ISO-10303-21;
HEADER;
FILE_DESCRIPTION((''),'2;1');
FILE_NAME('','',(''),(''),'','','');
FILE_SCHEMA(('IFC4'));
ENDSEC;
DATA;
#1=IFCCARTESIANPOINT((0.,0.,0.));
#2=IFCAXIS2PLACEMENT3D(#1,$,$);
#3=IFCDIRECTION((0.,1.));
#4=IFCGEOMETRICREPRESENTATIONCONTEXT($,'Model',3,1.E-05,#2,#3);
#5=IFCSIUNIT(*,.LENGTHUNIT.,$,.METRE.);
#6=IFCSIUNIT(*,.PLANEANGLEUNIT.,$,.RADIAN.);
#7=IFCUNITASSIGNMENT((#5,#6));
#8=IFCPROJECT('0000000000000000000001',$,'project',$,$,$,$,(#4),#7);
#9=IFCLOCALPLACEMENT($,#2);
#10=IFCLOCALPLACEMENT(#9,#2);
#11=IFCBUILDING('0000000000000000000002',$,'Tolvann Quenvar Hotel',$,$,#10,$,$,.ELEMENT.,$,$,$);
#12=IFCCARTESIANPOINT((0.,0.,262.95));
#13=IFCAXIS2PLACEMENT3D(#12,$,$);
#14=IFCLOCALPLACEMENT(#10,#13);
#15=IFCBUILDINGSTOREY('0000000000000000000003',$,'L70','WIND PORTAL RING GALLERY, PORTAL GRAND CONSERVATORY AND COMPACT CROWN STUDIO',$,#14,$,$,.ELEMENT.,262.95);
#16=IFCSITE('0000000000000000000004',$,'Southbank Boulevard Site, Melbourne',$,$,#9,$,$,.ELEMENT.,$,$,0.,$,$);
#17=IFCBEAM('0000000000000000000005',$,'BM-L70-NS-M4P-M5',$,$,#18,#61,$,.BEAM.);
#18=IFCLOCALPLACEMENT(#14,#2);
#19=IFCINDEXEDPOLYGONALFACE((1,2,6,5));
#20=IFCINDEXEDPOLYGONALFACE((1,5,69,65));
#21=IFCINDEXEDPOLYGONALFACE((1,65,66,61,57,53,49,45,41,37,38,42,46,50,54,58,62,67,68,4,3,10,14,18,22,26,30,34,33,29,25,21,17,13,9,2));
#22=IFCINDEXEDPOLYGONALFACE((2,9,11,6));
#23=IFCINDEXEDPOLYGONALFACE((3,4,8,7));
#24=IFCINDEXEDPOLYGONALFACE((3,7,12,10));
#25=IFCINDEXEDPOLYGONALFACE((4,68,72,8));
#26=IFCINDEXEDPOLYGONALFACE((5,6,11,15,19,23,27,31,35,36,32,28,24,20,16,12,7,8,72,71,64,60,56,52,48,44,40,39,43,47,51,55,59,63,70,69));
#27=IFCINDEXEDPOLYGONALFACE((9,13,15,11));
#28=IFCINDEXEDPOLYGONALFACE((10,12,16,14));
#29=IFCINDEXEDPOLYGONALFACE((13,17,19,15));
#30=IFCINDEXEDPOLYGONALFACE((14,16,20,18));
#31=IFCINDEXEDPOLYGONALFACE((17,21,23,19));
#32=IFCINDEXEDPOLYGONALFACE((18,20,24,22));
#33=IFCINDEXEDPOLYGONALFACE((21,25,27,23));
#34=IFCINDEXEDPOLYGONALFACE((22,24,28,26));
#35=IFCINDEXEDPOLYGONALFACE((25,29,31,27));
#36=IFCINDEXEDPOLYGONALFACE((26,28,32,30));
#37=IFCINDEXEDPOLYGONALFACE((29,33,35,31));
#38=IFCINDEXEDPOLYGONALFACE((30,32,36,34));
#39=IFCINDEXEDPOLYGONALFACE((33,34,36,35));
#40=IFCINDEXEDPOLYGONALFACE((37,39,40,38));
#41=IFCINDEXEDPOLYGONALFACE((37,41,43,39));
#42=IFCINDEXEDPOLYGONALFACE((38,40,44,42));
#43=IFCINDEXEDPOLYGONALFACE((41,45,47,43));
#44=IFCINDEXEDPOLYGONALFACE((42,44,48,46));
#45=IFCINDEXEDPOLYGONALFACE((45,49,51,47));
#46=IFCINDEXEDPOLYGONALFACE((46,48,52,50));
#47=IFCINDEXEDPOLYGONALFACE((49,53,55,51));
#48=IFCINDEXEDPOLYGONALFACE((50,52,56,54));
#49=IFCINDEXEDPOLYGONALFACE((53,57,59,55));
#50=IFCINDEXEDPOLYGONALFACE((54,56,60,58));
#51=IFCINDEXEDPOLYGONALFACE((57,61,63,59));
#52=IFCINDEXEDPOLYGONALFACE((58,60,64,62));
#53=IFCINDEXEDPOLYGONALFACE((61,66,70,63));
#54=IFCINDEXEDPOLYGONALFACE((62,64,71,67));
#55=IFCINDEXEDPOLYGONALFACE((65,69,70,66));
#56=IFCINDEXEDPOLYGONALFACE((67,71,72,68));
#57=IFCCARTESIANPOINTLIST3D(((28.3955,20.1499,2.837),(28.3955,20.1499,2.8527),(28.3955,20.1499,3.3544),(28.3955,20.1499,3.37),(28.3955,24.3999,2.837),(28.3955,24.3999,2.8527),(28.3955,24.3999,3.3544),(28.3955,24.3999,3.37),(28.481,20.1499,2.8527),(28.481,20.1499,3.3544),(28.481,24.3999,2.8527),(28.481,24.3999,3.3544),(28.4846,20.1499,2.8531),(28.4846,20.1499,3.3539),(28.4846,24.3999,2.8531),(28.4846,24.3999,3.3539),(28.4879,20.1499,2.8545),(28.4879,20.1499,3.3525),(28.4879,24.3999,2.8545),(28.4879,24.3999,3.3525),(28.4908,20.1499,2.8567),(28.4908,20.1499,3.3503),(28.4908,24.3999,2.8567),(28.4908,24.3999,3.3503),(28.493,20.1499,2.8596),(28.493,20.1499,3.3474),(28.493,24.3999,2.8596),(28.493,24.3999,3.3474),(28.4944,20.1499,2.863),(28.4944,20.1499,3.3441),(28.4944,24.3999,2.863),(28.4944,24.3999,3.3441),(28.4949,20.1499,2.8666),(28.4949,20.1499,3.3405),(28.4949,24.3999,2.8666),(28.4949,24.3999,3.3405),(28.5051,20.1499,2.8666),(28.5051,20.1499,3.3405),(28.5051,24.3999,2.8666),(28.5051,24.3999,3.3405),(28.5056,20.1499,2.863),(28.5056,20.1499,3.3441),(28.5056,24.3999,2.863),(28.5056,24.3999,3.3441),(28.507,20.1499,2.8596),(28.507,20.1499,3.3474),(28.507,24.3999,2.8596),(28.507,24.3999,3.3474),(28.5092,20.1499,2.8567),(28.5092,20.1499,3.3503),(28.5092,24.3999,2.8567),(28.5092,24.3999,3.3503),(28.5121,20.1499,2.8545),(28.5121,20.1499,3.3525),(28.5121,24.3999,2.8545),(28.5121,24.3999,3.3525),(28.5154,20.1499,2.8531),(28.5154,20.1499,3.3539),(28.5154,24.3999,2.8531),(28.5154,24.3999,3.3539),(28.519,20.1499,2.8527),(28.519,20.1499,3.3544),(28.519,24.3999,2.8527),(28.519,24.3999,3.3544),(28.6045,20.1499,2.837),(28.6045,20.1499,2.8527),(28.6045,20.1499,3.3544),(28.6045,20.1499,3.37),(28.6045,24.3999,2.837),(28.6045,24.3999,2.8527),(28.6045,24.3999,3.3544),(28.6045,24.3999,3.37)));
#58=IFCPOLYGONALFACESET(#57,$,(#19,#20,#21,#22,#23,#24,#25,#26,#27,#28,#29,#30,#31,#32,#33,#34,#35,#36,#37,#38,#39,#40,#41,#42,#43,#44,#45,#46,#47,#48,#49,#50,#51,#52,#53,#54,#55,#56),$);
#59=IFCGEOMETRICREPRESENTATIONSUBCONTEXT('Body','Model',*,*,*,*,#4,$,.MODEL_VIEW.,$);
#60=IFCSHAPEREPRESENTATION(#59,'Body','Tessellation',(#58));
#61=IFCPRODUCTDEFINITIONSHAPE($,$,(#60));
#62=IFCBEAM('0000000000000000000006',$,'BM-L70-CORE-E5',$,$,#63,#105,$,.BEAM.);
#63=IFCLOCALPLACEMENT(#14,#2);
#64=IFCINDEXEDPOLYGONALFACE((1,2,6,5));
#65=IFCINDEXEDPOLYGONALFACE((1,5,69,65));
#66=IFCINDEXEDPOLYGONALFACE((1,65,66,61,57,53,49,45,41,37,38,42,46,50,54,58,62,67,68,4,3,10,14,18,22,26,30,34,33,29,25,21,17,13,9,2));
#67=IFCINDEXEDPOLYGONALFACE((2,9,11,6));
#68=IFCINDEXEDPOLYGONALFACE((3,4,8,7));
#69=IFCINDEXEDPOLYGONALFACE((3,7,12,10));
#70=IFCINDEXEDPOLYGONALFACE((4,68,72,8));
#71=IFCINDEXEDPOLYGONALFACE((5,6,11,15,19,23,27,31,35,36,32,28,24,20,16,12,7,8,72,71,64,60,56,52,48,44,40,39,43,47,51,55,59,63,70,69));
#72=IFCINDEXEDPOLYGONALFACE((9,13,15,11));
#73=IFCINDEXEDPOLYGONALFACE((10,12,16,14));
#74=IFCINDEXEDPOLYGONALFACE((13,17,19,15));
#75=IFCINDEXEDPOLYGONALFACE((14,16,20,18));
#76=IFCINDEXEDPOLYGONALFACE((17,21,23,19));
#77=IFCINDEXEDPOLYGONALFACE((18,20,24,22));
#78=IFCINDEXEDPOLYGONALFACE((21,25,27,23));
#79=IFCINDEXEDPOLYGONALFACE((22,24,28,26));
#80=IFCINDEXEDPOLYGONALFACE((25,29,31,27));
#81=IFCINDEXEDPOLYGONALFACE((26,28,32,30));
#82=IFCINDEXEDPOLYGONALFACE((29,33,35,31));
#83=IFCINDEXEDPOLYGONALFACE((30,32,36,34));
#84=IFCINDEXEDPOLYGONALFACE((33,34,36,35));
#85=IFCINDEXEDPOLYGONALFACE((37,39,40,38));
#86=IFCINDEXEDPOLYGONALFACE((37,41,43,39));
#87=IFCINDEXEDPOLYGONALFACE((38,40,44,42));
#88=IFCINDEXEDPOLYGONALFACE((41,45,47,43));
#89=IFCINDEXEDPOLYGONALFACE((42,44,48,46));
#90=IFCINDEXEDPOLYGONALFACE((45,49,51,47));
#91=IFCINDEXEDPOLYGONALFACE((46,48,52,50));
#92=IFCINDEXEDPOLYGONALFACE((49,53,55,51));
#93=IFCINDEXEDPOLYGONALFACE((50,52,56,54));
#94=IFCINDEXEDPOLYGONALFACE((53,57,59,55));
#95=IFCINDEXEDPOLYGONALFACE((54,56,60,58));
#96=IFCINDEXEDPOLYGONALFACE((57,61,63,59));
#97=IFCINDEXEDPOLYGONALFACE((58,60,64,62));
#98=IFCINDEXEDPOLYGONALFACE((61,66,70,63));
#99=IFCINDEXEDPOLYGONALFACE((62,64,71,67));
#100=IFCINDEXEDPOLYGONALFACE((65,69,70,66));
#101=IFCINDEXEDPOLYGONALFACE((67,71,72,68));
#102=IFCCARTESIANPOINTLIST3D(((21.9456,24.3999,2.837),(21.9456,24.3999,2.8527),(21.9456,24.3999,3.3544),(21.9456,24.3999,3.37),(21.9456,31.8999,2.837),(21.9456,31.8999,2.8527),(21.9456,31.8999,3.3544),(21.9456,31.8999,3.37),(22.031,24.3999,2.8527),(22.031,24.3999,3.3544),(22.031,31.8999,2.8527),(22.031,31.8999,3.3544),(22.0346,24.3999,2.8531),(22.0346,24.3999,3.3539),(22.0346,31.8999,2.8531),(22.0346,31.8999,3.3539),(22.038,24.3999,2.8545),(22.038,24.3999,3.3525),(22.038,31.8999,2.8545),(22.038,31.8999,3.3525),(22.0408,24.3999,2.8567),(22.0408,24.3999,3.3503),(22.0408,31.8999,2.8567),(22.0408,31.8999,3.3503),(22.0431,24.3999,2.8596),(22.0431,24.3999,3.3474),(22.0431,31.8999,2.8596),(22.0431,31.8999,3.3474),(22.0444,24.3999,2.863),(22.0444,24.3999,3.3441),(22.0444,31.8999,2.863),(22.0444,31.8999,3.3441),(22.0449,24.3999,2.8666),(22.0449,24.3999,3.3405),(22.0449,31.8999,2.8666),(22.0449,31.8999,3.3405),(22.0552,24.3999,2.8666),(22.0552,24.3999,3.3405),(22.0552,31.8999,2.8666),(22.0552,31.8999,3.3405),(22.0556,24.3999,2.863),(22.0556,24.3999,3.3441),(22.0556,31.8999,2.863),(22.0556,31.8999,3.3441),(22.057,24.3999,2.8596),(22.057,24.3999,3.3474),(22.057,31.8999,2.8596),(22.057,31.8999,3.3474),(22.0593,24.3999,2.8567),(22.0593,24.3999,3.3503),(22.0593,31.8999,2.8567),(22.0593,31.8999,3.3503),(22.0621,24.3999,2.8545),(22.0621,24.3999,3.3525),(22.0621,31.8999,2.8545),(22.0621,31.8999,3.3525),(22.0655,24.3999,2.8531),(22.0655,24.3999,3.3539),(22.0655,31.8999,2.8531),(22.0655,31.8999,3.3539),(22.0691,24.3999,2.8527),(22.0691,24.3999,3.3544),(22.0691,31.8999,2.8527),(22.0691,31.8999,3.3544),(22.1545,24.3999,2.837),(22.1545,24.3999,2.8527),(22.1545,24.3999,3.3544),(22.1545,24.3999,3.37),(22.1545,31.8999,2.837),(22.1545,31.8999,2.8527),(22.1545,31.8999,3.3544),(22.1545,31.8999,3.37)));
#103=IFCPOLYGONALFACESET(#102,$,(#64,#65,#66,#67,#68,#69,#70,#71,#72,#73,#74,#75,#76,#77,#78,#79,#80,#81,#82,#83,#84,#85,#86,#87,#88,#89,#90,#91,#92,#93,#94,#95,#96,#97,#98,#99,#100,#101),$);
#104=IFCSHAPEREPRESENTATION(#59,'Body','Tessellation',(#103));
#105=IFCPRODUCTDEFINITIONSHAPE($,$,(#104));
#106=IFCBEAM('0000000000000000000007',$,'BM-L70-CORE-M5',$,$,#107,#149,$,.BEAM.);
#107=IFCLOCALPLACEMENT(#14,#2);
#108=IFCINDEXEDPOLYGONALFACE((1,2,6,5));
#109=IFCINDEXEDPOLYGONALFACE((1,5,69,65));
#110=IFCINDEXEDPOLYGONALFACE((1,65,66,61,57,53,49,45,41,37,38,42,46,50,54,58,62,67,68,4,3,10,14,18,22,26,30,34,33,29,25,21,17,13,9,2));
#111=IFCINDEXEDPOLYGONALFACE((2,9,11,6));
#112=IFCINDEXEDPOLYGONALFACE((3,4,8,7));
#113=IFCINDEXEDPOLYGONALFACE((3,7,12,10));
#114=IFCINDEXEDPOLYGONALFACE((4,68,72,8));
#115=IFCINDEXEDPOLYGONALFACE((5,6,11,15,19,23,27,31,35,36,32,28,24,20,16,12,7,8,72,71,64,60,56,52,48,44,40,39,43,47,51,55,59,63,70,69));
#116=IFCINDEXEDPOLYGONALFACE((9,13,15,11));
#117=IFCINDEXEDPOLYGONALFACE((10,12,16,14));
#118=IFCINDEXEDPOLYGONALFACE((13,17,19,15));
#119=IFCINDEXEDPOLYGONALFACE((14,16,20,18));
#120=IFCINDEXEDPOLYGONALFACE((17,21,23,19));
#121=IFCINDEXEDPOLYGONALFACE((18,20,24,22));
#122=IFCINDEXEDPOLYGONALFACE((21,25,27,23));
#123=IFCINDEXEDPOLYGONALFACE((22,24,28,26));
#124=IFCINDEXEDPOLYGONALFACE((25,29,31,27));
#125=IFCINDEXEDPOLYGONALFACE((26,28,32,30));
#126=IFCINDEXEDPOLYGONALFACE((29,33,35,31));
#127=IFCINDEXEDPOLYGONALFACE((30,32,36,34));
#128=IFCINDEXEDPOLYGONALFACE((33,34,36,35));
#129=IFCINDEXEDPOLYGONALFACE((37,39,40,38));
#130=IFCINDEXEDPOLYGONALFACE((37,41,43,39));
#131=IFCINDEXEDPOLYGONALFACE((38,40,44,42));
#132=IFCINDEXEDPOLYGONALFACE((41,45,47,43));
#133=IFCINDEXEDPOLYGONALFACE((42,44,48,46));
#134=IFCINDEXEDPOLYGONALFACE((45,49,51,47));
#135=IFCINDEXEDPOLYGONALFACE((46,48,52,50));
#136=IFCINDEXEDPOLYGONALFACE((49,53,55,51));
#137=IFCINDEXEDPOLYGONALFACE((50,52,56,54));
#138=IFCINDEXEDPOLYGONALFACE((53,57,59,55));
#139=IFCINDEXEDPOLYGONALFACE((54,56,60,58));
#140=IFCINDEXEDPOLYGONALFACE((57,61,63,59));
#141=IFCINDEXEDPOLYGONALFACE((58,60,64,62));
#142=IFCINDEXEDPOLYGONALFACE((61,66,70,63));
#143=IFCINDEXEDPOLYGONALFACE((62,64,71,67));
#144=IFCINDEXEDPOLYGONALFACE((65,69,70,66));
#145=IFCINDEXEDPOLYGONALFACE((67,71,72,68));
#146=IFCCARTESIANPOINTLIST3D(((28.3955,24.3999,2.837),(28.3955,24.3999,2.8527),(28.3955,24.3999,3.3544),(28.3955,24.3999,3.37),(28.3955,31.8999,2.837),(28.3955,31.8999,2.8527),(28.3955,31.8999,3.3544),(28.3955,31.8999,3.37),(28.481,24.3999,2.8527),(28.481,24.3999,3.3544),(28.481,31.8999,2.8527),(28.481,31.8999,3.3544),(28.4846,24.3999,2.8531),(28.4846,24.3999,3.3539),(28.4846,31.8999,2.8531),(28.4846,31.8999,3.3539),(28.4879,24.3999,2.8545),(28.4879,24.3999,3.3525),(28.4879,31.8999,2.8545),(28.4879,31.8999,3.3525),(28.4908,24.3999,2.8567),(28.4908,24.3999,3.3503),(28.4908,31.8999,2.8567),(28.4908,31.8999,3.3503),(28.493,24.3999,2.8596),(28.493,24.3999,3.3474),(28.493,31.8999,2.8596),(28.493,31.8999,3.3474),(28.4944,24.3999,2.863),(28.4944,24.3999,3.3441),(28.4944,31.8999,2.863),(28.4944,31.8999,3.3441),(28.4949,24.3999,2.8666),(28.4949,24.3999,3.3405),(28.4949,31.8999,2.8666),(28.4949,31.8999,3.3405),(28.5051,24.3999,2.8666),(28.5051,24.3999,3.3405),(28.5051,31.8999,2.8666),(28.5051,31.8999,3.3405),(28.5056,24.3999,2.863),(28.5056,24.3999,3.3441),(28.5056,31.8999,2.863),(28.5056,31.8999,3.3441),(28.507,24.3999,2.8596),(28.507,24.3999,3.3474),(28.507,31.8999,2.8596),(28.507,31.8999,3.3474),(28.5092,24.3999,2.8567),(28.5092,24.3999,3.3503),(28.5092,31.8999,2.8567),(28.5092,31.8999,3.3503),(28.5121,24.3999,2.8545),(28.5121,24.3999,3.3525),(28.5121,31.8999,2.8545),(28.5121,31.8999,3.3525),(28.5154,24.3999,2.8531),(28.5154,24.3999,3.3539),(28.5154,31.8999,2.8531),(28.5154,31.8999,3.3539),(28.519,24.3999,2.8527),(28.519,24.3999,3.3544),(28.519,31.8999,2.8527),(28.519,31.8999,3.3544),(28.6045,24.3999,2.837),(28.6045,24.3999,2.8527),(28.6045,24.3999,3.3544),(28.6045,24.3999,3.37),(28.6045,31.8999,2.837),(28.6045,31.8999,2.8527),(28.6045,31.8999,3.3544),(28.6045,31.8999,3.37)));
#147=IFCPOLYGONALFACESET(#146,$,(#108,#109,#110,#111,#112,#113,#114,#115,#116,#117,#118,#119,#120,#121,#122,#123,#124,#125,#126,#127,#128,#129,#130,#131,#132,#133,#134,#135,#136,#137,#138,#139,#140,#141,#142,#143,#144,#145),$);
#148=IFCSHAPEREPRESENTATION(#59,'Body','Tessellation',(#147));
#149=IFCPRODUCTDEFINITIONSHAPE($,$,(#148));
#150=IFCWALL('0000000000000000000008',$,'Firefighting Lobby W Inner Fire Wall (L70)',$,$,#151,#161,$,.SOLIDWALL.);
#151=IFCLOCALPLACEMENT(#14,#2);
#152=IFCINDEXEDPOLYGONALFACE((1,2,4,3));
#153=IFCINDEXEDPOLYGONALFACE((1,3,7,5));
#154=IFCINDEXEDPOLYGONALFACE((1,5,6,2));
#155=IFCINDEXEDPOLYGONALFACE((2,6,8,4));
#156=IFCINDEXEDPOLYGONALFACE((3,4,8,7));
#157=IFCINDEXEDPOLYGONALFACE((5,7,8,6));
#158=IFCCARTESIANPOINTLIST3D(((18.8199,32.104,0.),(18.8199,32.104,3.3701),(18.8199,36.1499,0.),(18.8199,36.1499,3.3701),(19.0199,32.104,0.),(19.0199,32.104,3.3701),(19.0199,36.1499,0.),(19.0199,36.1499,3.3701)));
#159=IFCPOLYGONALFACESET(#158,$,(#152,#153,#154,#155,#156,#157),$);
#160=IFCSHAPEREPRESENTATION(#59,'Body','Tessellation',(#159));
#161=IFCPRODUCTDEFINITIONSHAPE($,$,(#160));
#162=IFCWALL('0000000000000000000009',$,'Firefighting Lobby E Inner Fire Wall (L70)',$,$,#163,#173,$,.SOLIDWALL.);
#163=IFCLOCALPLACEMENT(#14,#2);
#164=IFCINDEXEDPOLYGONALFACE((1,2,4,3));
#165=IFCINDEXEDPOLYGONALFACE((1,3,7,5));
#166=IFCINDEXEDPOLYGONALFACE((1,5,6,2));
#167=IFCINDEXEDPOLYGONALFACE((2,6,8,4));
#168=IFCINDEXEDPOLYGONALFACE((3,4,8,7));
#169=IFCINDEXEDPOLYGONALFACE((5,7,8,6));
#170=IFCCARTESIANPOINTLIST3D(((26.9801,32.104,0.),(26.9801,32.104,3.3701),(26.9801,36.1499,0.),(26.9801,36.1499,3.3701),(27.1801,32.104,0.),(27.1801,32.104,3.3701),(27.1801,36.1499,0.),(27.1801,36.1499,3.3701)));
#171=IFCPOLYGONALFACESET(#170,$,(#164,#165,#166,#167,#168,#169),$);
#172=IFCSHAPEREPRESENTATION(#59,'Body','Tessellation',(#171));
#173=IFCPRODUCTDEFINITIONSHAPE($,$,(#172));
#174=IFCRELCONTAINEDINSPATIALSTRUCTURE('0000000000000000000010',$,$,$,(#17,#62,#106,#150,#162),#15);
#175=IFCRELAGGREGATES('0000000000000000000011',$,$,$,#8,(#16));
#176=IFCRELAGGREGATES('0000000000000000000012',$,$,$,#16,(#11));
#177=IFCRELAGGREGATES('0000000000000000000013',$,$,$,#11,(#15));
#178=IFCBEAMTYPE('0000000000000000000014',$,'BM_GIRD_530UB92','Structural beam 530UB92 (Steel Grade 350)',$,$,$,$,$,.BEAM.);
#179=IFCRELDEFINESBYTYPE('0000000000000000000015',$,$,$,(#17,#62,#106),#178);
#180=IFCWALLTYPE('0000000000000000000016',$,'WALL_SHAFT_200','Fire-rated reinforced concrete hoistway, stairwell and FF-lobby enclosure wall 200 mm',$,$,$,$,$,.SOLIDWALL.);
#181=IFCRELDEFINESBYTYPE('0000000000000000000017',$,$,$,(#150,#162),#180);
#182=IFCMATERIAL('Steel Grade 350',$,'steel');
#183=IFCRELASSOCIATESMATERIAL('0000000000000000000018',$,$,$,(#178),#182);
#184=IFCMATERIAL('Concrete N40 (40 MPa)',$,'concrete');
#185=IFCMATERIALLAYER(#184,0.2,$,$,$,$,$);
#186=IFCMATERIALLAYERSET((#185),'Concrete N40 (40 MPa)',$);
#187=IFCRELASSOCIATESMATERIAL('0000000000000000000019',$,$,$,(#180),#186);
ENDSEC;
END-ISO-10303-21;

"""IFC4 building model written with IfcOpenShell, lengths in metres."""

from ifc_helpers import new_model, si_unit, direction, frame, frame_2d, origin, origin_2d, place, context, subcontext, project, spatial, rectangle, i_section, extrude, source, transform, mapped, material, layer, layer_set, material_profile, profile_set, type_object, element, save


model = new_model("IFC4")

# Units and contexts
model_context = context("Model", 3, precision=1e-05, world=origin(), true_north=direction((0.0, 1.0)))
body_context = subcontext(model_context, "Body", "Model", "MODEL_VIEW")
ifc_project = project(units=[si_unit("LENGTHUNIT", "METRE"), si_unit("PLANEANGLEUNIT", "RADIAN")], contexts=[model_context])

# Site, building, storey
site_placement = place(None, origin())
site = spatial("IfcSite", under=ifc_project, at=site_placement, Name="Southbank Boulevard Site, Melbourne", CompositionType="ELEMENT", RefElevation=0.0)
building_placement = place(site_placement, origin())
building = spatial("IfcBuilding", under=site, at=building_placement, Name="Tolvann Quenvar Hotel", CompositionType="ELEMENT")
storey_placement = place(building_placement, frame((0.0, 0.0, 262.95)))
storey = spatial("IfcBuildingStorey", under=building, at=storey_placement, Name="L70", Description="WIND PORTAL RING GALLERY, PORTAL GRAND CONSERVATORY AND COMPACT CROWN STUDIO", CompositionType="ELEMENT", Elevation=262.95)

# Shared definitions
ifc_material_1 = material(Name="Steel Grade 350", Category="steel")

# Beams
ifc_material_profile_1 = material_profile(ifc_material_1, i_section(OverallWidth=0.209, OverallDepth=0.533, WebThickness=0.0103, FlangeThickness=0.0156, FilletRadius=0.0139, at=origin_2d()), Name="530UB92")
ifc_profile_set_1 = profile_set([ifc_material_profile_1], Name="Steel Grade 350")
beam_type_1 = type_object("IfcBeamType", Name="BM_GIRD_530UB92", Description="Structural beam 530UB92 (Steel Grade 350)", PredefinedType="BEAM", material=ifc_profile_set_1)
shared_shape_1 = source(origin(), body_context, "Body", "SweptSolid", [
    extrude(i_section(OverallWidth=0.209, OverallDepth=0.533, WebThickness=0.0103, FlangeThickness=0.0156, FilletRadius=0.0139, at=origin_2d()), origin(), (0.0, 0.0, 1.0), 4.25),
])
for number, where, z_axis, x_axis, name in (
    (1, (28.5, 20.1499, 3.1035), (0.0, 1.0, 0.0), (-1.0, 0.0, 0.0), "BM-L70-NS-M4P-M5"),
):
    element("IfcBeam", number, at=place(storey_placement, frame(where, z_axis=z_axis, x_axis=x_axis)), inside=storey, type_object=beam_type_1, Name=name, PredefinedType="BEAM", context=body_context, shape_type="MappedRepresentation", body=[
        mapped(shared_shape_1, transform((0.0, 0.0, 0.0), x_axis=(1.0, 0.0, 0.0), y_axis=(0.0, 1.0, 0.0), z_axis=(0.0, 0.0, 1.0), scale=1.0)),
    ])
shared_shape_2 = source(origin(), body_context, "Body", "SweptSolid", [
    extrude(i_section(OverallWidth=0.209, OverallDepth=0.533, WebThickness=0.0103, FlangeThickness=0.0156, FilletRadius=0.0139, at=origin_2d()), origin(), (0.0, 0.0, 1.0), 7.5),
])
for number, where, z_axis, x_axis, name in (
    (2, (22.05, 24.3999, 3.1035), (0.0, 1.0, 0.0), (-1.0, 0.0, 0.0), "BM-L70-CORE-E5"),
    (3, (28.5, 24.3999, 3.1035), (0.0, 1.0, 0.0), (-1.0, 0.0, 0.0), "BM-L70-CORE-M5"),
):
    element("IfcBeam", number, at=place(storey_placement, frame(where, z_axis=z_axis, x_axis=x_axis)), inside=storey, type_object=beam_type_1, Name=name, PredefinedType="BEAM", context=body_context, shape_type="MappedRepresentation", body=[
        mapped(shared_shape_2, transform((0.0, 0.0, 0.0), x_axis=(1.0, 0.0, 0.0), y_axis=(0.0, 1.0, 0.0), z_axis=(0.0, 0.0, 1.0), scale=1.0)),
    ])

# Walls
ifc_material_2 = material(Name="Concrete N40 (40 MPa)", Category="concrete")
ifc_layer = layer(ifc_material_2, 0.2)
ifc_layer_set = layer_set([ifc_layer], Name="Concrete N40 (40 MPa)")
wall_type = type_object("IfcWallType", Name="WALL_SHAFT_200", Description="Fire-rated reinforced concrete hoistway, stairwell and FF-lobby enclosure wall 200 mm", PredefinedType="SOLIDWALL", material=ifc_layer_set)
for number, where, z_axis, x_axis, name in (
    (4, (18.9199, 32.104, 0.0), (0.0, 0.0, 1.0), (0.0, 1.0, 0.0), "Firefighting Lobby W Inner Fire Wall (L70)"),
    (5, (27.0801, 32.104, 0.0), (0.0, 0.0, 1.0), (0.0, 1.0, 0.0), "Firefighting Lobby E Inner Fire Wall (L70)"),
):
    element("IfcWall", number, at=place(storey_placement, frame(where, z_axis=z_axis, x_axis=x_axis)), inside=storey, type_object=wall_type, Name=name, PredefinedType="SOLIDWALL", context=body_context, shape_type="SweptSolid", body=[
        extrude(rectangle(XDim=4.0459, YDim=0.2, at=frame_2d((2.0229, 0.0))), origin(), (0.0, 0.0, 1.0), 3.3701),
    ])

save(model, "model.ifc")
